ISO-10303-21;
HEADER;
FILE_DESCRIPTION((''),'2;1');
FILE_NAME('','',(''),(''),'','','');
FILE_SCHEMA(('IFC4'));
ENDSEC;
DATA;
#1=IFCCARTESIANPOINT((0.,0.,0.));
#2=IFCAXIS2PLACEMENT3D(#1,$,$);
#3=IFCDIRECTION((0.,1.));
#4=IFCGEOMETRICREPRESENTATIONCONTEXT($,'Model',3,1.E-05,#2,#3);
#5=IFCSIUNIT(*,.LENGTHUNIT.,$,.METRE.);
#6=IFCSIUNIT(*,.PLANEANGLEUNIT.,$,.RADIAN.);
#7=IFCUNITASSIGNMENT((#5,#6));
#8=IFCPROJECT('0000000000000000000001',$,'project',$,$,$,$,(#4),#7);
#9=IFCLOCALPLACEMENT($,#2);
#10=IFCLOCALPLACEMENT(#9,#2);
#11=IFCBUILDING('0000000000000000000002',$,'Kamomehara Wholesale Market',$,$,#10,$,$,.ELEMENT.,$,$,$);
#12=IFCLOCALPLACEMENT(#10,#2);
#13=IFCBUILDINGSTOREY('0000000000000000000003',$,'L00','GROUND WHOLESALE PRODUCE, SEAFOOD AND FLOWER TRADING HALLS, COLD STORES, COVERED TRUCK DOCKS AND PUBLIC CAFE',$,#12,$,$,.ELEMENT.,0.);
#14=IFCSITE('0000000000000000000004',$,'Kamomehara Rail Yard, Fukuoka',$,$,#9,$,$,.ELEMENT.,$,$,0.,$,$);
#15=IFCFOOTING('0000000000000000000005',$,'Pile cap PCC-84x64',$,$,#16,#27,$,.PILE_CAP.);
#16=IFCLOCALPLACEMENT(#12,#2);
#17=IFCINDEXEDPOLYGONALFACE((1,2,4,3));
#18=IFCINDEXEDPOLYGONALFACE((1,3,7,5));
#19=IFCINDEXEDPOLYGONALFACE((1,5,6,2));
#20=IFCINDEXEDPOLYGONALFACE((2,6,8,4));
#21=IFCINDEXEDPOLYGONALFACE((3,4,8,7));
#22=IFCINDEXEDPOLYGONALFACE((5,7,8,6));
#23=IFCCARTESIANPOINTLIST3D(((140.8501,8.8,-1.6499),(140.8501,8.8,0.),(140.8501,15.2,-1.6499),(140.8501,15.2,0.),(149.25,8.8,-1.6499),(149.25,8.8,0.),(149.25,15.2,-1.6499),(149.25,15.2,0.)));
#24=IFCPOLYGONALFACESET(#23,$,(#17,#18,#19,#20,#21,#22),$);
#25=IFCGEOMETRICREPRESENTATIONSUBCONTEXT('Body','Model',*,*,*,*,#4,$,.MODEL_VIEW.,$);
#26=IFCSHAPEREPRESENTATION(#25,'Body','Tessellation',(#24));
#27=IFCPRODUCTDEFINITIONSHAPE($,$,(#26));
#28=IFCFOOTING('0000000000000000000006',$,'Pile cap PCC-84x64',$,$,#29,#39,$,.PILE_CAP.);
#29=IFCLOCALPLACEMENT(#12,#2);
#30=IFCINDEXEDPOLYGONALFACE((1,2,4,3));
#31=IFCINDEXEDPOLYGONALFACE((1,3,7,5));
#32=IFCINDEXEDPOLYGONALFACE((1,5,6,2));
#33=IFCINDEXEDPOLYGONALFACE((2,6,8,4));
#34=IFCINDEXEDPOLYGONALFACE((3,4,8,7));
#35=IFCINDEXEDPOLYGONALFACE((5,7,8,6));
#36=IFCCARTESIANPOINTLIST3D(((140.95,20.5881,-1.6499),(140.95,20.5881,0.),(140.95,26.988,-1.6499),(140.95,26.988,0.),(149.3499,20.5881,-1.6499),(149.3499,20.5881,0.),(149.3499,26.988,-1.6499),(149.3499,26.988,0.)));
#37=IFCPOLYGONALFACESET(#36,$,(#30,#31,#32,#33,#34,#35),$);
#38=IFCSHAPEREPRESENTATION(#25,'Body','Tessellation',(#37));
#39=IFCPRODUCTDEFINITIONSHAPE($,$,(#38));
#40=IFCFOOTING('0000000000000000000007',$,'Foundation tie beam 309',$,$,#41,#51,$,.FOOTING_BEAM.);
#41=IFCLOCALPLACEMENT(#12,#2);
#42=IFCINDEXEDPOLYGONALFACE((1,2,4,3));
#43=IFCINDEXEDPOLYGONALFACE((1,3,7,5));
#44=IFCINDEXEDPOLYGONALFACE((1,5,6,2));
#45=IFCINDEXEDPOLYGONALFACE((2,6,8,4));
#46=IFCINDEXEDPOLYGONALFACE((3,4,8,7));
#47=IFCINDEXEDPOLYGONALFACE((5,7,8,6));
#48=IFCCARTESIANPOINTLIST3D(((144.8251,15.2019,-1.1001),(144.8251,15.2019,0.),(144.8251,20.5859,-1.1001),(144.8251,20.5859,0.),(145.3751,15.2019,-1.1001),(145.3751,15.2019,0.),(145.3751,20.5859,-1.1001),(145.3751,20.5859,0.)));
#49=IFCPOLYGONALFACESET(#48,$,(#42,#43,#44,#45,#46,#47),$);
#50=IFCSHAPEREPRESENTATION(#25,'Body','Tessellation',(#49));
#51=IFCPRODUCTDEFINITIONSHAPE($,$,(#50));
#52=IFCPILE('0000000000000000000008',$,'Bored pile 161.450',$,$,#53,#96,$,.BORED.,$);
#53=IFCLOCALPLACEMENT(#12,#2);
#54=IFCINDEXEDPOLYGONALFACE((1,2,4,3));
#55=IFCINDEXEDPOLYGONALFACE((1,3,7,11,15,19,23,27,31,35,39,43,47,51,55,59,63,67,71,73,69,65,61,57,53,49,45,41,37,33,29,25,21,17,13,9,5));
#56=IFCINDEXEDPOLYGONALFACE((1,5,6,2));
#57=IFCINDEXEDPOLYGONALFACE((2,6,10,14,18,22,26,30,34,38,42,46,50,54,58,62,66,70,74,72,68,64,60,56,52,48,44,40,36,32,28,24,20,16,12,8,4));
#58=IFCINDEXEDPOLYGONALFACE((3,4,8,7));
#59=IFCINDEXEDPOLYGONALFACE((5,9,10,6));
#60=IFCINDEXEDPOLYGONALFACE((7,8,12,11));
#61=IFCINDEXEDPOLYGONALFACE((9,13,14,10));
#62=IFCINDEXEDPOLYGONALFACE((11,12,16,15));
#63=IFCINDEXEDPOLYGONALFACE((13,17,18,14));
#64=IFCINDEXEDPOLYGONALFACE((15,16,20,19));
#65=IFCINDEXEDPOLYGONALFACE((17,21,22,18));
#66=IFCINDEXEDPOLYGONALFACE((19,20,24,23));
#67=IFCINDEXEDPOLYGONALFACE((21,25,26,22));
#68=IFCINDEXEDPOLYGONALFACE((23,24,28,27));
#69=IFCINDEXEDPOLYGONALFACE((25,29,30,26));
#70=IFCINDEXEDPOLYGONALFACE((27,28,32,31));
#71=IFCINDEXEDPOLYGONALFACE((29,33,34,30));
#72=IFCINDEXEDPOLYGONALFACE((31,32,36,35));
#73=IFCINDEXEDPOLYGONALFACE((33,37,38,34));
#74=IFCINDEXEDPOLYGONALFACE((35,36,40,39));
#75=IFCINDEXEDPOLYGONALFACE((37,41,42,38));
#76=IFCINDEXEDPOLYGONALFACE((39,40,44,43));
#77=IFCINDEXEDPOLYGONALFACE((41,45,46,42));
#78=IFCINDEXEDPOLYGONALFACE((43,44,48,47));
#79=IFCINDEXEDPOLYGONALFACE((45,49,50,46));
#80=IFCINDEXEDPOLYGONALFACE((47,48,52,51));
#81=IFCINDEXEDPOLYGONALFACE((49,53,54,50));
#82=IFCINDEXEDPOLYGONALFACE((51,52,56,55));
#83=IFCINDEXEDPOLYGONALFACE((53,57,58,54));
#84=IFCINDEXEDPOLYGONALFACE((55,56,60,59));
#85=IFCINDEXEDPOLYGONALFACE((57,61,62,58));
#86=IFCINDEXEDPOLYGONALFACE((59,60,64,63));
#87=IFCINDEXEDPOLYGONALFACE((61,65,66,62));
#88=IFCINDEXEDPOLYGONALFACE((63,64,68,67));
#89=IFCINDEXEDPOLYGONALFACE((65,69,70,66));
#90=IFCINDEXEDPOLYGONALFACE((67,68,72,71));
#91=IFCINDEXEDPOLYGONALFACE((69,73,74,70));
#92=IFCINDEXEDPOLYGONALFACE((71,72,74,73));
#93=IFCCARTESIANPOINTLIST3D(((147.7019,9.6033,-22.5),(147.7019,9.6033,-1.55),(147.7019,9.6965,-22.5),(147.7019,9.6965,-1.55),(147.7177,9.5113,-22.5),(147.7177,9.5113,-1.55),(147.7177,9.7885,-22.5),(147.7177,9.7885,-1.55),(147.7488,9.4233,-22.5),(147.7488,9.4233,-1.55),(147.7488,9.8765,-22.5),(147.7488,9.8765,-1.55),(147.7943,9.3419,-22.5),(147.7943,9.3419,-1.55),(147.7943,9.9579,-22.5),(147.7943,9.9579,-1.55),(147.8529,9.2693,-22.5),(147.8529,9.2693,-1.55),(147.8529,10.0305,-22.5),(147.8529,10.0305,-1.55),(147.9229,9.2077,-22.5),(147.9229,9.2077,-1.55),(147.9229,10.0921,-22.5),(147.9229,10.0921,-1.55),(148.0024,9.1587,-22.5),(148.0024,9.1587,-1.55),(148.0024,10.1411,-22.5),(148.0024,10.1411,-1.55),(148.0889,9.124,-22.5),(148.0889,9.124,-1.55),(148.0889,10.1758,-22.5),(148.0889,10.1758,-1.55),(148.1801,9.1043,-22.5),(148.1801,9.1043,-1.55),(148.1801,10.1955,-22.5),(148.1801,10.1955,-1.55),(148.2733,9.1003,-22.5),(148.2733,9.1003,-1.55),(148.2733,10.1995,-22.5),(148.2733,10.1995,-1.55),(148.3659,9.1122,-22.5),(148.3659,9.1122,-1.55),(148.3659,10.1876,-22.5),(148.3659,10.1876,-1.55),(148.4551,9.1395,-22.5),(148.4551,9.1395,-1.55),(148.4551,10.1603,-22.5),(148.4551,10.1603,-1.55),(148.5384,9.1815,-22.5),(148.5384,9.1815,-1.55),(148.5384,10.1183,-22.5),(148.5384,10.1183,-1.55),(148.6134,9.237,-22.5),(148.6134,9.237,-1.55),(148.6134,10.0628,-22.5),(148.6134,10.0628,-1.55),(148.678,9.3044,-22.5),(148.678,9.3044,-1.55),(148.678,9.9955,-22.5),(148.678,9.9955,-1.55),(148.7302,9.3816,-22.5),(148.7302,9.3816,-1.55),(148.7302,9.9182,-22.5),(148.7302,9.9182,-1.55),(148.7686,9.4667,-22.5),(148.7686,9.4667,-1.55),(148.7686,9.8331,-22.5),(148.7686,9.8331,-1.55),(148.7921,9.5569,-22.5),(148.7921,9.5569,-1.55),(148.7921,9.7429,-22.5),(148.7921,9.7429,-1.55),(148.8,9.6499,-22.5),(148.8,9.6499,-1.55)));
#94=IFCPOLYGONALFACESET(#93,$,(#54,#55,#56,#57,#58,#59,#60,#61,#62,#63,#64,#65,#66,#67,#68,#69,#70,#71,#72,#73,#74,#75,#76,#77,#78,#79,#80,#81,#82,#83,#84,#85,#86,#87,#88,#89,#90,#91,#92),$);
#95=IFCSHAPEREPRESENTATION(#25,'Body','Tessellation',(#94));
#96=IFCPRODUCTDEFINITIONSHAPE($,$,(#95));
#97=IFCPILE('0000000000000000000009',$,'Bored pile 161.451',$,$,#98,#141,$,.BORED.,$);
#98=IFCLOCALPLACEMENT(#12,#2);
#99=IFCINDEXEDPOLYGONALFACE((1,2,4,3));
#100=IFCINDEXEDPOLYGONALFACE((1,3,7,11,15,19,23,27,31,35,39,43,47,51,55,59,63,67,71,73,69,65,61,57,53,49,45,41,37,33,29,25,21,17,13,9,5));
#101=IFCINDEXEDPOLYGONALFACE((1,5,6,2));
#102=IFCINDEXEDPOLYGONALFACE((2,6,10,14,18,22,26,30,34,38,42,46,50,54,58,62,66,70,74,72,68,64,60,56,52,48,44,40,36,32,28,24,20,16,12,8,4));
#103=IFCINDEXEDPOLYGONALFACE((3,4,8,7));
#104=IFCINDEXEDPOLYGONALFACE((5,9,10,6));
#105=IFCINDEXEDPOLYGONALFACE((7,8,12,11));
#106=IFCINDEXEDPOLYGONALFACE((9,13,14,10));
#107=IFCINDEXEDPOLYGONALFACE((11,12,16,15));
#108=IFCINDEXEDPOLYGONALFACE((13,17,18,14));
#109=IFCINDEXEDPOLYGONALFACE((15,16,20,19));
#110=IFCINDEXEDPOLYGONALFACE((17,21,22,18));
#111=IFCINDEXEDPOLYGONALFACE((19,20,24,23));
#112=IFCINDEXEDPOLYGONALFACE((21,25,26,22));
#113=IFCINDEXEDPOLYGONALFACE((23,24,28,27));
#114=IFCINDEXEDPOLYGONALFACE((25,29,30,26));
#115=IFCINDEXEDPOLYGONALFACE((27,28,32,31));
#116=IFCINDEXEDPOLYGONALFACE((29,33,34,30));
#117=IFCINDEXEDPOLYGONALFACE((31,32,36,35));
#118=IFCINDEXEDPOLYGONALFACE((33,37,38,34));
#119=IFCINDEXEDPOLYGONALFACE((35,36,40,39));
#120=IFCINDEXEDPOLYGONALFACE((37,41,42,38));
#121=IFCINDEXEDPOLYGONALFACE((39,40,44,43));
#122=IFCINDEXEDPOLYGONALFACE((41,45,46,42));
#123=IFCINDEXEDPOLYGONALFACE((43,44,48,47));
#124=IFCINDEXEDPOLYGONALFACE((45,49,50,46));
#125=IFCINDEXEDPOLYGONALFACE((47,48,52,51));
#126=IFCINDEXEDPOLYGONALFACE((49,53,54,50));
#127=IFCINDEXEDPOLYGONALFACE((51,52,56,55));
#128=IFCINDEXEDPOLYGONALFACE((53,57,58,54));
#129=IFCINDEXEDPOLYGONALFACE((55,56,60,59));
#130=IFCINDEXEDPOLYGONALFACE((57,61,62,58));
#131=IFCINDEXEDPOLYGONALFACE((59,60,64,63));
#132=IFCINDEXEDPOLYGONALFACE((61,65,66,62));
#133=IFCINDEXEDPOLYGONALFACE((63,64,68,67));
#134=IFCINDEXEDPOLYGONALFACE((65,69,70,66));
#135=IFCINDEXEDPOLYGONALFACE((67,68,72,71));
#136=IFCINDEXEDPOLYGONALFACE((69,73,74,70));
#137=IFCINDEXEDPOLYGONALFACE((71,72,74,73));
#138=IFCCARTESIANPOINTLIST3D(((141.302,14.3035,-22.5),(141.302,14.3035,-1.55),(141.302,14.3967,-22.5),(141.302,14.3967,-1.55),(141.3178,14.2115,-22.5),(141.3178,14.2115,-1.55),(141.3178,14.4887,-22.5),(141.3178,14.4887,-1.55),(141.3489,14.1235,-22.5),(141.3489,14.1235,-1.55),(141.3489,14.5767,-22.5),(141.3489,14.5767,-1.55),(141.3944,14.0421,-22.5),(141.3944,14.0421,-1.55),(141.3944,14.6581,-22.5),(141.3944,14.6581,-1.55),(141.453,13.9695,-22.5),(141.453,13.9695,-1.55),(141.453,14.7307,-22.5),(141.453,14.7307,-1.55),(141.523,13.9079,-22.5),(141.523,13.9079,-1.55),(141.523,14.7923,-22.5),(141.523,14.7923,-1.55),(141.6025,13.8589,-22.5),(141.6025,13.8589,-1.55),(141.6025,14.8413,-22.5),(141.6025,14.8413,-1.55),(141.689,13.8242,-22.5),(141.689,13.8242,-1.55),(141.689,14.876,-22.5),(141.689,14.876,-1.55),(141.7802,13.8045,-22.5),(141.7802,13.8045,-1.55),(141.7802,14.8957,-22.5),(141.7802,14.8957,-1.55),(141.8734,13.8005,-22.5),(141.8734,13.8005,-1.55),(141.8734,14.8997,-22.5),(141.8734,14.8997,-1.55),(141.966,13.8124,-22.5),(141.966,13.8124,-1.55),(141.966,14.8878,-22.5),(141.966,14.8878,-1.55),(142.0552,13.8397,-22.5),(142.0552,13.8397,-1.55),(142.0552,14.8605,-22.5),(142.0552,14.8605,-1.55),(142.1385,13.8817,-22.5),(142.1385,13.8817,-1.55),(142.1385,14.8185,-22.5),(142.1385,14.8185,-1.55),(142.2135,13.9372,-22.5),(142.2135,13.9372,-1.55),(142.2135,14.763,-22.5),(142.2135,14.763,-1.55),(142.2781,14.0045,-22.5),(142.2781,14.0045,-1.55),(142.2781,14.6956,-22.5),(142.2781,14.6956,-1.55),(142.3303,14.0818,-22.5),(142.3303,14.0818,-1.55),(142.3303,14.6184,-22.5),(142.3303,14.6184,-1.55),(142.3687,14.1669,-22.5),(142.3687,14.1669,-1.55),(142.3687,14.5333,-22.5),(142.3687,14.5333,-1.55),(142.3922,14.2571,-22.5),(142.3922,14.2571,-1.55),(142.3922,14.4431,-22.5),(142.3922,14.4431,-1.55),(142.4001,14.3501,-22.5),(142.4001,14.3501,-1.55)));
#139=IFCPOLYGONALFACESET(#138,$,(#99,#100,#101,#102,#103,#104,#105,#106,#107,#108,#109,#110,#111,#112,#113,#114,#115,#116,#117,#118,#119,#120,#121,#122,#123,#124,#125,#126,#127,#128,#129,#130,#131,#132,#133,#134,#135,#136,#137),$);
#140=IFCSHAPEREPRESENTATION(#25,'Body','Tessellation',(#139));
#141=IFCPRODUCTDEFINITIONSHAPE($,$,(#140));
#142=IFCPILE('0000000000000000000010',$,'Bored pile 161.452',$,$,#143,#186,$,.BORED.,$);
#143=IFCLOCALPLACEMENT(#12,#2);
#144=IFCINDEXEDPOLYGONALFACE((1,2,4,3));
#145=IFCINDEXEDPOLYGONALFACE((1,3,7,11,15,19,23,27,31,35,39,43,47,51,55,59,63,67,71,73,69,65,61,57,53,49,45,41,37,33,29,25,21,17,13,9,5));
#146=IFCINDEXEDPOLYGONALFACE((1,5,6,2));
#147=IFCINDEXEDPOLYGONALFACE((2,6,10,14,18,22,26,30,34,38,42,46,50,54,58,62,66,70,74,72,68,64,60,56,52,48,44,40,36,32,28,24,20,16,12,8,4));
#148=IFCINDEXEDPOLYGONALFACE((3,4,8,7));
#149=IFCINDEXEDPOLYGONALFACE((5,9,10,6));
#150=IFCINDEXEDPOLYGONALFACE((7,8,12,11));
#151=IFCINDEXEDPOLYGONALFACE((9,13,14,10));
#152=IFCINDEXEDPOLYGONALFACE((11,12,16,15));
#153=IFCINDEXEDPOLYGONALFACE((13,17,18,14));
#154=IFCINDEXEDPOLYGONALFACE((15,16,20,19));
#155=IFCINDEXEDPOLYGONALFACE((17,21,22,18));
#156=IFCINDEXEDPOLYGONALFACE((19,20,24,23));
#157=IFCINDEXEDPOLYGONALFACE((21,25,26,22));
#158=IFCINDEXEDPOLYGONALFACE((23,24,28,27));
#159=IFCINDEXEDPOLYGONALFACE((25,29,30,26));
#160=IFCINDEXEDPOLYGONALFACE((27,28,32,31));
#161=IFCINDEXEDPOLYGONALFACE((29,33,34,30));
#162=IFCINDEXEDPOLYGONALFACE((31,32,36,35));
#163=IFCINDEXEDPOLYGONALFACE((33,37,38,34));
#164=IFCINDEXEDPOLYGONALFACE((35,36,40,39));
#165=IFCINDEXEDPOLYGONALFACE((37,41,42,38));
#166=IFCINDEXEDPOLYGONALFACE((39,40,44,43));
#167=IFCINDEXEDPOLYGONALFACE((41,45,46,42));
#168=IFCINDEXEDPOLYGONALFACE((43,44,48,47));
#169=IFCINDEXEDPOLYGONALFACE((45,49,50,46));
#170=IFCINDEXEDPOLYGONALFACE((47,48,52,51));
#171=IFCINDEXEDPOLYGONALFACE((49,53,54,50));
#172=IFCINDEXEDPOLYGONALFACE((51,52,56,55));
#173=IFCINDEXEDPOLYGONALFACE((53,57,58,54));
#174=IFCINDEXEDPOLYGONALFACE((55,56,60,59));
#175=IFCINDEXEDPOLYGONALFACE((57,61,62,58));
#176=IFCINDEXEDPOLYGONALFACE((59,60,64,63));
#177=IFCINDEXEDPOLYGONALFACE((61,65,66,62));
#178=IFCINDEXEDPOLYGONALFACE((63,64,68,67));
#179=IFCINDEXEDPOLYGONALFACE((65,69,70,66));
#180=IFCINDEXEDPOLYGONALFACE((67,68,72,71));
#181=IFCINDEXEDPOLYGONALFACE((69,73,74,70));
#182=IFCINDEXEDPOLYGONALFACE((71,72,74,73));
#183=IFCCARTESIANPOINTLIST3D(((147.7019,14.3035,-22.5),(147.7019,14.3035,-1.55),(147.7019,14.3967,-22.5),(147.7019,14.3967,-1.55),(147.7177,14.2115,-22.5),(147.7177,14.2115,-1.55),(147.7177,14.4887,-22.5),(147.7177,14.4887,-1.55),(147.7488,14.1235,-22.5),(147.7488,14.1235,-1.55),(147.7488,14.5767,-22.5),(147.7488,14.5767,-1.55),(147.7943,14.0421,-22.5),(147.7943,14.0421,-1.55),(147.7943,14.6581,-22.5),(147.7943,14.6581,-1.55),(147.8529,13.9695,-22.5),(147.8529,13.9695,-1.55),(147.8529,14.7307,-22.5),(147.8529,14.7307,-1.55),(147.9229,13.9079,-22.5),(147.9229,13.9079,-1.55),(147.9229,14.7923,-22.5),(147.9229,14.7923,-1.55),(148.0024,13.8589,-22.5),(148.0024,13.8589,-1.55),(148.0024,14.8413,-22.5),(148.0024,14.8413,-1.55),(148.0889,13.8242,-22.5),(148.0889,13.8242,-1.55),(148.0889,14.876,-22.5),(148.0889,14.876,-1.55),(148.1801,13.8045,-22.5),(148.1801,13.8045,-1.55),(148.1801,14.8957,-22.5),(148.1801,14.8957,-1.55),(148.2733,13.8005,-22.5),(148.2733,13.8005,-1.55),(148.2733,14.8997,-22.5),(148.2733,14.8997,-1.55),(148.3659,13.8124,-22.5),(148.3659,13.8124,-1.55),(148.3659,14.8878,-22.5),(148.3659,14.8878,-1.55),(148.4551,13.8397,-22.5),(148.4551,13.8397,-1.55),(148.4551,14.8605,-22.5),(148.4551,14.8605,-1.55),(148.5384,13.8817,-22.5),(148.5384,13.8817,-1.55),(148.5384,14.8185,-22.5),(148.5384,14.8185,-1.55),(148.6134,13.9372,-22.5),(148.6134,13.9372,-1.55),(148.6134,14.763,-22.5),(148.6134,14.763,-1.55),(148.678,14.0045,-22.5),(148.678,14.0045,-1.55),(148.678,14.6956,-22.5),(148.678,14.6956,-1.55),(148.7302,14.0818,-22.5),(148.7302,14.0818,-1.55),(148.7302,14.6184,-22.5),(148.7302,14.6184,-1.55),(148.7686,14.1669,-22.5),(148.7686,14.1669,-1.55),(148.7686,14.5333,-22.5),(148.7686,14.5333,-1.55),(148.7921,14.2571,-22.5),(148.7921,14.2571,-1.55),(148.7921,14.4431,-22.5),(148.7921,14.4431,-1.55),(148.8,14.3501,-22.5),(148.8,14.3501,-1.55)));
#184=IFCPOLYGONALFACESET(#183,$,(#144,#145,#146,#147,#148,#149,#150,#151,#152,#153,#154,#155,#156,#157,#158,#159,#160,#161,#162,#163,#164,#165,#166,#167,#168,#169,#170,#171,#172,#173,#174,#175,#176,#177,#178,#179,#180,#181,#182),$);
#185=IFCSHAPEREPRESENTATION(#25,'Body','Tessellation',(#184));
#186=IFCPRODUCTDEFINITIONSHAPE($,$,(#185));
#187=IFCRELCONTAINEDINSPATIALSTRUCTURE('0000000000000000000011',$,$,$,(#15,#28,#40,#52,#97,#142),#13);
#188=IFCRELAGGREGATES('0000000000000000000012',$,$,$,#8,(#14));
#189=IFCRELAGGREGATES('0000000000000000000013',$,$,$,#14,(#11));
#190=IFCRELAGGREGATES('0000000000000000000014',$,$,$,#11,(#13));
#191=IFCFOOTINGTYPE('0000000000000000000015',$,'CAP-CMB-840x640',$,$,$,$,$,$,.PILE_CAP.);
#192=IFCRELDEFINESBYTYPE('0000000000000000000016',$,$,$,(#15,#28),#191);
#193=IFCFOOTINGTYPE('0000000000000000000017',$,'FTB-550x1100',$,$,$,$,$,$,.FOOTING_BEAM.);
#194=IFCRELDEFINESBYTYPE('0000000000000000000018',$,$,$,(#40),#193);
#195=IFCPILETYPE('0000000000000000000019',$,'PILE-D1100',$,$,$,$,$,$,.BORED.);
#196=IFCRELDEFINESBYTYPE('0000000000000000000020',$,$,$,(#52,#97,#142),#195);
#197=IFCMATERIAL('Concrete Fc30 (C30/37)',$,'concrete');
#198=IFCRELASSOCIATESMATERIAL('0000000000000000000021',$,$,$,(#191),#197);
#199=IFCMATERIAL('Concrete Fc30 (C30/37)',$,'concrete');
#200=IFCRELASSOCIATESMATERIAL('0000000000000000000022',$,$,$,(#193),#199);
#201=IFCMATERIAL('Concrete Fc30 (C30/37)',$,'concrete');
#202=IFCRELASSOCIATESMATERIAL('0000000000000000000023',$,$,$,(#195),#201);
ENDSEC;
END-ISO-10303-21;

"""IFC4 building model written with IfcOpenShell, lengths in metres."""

from ifc_helpers import new_model, si_unit, direction, frame, origin, origin_2d, place, context, subcontext, project, spatial, rectangle, circle, extrude, material, material_profile, profile_set, type_object, element, save


model = new_model("IFC4")

# Units and contexts
model_context = context("Model", 3, precision=1e-05, world=origin(), true_north=direction((0.0, 1.0)))
body_context = subcontext(model_context, "Body", "Model", "MODEL_VIEW")
ifc_project = project(units=[si_unit("LENGTHUNIT", "METRE"), si_unit("PLANEANGLEUNIT", "RADIAN")], contexts=[model_context])

# Site, building, storey
site_placement = place(None, origin())
site = spatial("IfcSite", under=ifc_project, at=site_placement, Name="Kamomehara Rail Yard, Fukuoka", CompositionType="ELEMENT", RefElevation=0.0)
building_placement = place(site_placement, origin())
building = spatial("IfcBuilding", under=site, at=building_placement, Name="Kamomehara Wholesale Market", CompositionType="ELEMENT")
storey_placement = place(building_placement, origin())
storey = spatial("IfcBuildingStorey", under=building, at=storey_placement, Name="L00", Description="GROUND WHOLESALE PRODUCE, SEAFOOD AND FLOWER TRADING HALLS, COLD STORES, COVERED TRUCK DOCKS AND PUBLIC CAFE", CompositionType="ELEMENT", Elevation=0.0)

# Footings
ifc_material_1 = material(Name="Concrete Fc30 (C30/37)", Category="concrete")
footing_type_1 = type_object("IfcFootingType", Name="CAP-CMB-840x640", PredefinedType="PILE_CAP", material=ifc_material_1)
for number, where, z_axis, x_axis, name in (
    (1, (145.05, 12.0, -1.6499), (0.0, 0.0, 1.0), (1.0, 0.0, 0.0), "Pile cap PCC-84x64"),
    (2, (145.1499, 23.7881, -1.6499), (0.0, 0.0, 1.0), (1.0, 0.0, 0.0), "Pile cap PCC-84x64"),
):
    element("IfcFooting", number, at=place(storey_placement, frame(where, z_axis=z_axis, x_axis=x_axis)), inside=storey, type_object=footing_type_1, Name=name, PredefinedType="PILE_CAP", context=body_context, shape_type="SweptSolid", body=[
        extrude(rectangle(XDim=8.3999, YDim=6.3999, at=origin_2d()), origin(), (0.0, 0.0, 1.0), 1.6499),
    ])
ifc_material_2 = material(Name="Concrete Fc30 (C30/37)", Category="concrete")
ifc_material_profile_1 = material_profile(ifc_material_2, rectangle(XDim=0.55, YDim=1.1001, at=origin_2d()), Name="RC-FTB-550x1100")
ifc_profile_set_1 = profile_set([ifc_material_profile_1], Name="Concrete Fc30 (C30/37)")
footing_type_2 = type_object("IfcFootingType", Name="FTB-550x1100", PredefinedType="FOOTING_BEAM", material=ifc_profile_set_1)
footing_placement = place(storey_placement, frame((145.1001, 15.2019, -0.55), z_axis=(0.0, 1.0, 0.0), x_axis=(-1.0, 0.0, 0.0)))
element("IfcFooting", 3, at=footing_placement, inside=storey, type_object=footing_type_2, Name="Foundation tie beam 309", PredefinedType="FOOTING_BEAM", context=body_context, shape_type="SweptSolid", body=[
    extrude(rectangle(XDim=0.55, YDim=1.1001, at=origin_2d()), origin(), (0.0, 0.0, 1.0), 5.384),
])

# Piles
ifc_material_3 = material(Name="Concrete Fc30 (C30/37)", Category="concrete")
ifc_material_profile_2 = material_profile(ifc_material_3, circle(Radius=0.55, at=origin_2d()), Name="RC-PILE-D1100")
ifc_profile_set_2 = profile_set([ifc_material_profile_2], Name="Concrete Fc30 (C30/37)")
pile_type = type_object("IfcPileType", Name="PILE-D1100", PredefinedType="BORED", material=ifc_profile_set_2)
for number, where, z_axis, x_axis, name in (
    (4, (148.25, 9.6499, -1.55), (0.0, 0.0, -1.0), (1.0, 0.0, 0.0), "Bored pile 161.450"),
    (5, (141.8501, 14.3501, -1.55), (0.0, 0.0, -1.0), (1.0, 0.0, 0.0), "Bored pile 161.451"),
    (6, (148.25, 14.3501, -1.55), (0.0, 0.0, -1.0), (1.0, 0.0, 0.0), "Bored pile 161.452"),
):
    element("IfcPile", number, at=place(storey_placement, frame(where, z_axis=z_axis, x_axis=x_axis)), inside=storey, type_object=pile_type, Name=name, PredefinedType="BORED", context=body_context, shape_type="SweptSolid", body=[
        extrude(circle(Radius=0.55, at=origin_2d()), origin(), (0.0, 0.0, 1.0), 20.95),
    ])

save(model, "model.ifc")
